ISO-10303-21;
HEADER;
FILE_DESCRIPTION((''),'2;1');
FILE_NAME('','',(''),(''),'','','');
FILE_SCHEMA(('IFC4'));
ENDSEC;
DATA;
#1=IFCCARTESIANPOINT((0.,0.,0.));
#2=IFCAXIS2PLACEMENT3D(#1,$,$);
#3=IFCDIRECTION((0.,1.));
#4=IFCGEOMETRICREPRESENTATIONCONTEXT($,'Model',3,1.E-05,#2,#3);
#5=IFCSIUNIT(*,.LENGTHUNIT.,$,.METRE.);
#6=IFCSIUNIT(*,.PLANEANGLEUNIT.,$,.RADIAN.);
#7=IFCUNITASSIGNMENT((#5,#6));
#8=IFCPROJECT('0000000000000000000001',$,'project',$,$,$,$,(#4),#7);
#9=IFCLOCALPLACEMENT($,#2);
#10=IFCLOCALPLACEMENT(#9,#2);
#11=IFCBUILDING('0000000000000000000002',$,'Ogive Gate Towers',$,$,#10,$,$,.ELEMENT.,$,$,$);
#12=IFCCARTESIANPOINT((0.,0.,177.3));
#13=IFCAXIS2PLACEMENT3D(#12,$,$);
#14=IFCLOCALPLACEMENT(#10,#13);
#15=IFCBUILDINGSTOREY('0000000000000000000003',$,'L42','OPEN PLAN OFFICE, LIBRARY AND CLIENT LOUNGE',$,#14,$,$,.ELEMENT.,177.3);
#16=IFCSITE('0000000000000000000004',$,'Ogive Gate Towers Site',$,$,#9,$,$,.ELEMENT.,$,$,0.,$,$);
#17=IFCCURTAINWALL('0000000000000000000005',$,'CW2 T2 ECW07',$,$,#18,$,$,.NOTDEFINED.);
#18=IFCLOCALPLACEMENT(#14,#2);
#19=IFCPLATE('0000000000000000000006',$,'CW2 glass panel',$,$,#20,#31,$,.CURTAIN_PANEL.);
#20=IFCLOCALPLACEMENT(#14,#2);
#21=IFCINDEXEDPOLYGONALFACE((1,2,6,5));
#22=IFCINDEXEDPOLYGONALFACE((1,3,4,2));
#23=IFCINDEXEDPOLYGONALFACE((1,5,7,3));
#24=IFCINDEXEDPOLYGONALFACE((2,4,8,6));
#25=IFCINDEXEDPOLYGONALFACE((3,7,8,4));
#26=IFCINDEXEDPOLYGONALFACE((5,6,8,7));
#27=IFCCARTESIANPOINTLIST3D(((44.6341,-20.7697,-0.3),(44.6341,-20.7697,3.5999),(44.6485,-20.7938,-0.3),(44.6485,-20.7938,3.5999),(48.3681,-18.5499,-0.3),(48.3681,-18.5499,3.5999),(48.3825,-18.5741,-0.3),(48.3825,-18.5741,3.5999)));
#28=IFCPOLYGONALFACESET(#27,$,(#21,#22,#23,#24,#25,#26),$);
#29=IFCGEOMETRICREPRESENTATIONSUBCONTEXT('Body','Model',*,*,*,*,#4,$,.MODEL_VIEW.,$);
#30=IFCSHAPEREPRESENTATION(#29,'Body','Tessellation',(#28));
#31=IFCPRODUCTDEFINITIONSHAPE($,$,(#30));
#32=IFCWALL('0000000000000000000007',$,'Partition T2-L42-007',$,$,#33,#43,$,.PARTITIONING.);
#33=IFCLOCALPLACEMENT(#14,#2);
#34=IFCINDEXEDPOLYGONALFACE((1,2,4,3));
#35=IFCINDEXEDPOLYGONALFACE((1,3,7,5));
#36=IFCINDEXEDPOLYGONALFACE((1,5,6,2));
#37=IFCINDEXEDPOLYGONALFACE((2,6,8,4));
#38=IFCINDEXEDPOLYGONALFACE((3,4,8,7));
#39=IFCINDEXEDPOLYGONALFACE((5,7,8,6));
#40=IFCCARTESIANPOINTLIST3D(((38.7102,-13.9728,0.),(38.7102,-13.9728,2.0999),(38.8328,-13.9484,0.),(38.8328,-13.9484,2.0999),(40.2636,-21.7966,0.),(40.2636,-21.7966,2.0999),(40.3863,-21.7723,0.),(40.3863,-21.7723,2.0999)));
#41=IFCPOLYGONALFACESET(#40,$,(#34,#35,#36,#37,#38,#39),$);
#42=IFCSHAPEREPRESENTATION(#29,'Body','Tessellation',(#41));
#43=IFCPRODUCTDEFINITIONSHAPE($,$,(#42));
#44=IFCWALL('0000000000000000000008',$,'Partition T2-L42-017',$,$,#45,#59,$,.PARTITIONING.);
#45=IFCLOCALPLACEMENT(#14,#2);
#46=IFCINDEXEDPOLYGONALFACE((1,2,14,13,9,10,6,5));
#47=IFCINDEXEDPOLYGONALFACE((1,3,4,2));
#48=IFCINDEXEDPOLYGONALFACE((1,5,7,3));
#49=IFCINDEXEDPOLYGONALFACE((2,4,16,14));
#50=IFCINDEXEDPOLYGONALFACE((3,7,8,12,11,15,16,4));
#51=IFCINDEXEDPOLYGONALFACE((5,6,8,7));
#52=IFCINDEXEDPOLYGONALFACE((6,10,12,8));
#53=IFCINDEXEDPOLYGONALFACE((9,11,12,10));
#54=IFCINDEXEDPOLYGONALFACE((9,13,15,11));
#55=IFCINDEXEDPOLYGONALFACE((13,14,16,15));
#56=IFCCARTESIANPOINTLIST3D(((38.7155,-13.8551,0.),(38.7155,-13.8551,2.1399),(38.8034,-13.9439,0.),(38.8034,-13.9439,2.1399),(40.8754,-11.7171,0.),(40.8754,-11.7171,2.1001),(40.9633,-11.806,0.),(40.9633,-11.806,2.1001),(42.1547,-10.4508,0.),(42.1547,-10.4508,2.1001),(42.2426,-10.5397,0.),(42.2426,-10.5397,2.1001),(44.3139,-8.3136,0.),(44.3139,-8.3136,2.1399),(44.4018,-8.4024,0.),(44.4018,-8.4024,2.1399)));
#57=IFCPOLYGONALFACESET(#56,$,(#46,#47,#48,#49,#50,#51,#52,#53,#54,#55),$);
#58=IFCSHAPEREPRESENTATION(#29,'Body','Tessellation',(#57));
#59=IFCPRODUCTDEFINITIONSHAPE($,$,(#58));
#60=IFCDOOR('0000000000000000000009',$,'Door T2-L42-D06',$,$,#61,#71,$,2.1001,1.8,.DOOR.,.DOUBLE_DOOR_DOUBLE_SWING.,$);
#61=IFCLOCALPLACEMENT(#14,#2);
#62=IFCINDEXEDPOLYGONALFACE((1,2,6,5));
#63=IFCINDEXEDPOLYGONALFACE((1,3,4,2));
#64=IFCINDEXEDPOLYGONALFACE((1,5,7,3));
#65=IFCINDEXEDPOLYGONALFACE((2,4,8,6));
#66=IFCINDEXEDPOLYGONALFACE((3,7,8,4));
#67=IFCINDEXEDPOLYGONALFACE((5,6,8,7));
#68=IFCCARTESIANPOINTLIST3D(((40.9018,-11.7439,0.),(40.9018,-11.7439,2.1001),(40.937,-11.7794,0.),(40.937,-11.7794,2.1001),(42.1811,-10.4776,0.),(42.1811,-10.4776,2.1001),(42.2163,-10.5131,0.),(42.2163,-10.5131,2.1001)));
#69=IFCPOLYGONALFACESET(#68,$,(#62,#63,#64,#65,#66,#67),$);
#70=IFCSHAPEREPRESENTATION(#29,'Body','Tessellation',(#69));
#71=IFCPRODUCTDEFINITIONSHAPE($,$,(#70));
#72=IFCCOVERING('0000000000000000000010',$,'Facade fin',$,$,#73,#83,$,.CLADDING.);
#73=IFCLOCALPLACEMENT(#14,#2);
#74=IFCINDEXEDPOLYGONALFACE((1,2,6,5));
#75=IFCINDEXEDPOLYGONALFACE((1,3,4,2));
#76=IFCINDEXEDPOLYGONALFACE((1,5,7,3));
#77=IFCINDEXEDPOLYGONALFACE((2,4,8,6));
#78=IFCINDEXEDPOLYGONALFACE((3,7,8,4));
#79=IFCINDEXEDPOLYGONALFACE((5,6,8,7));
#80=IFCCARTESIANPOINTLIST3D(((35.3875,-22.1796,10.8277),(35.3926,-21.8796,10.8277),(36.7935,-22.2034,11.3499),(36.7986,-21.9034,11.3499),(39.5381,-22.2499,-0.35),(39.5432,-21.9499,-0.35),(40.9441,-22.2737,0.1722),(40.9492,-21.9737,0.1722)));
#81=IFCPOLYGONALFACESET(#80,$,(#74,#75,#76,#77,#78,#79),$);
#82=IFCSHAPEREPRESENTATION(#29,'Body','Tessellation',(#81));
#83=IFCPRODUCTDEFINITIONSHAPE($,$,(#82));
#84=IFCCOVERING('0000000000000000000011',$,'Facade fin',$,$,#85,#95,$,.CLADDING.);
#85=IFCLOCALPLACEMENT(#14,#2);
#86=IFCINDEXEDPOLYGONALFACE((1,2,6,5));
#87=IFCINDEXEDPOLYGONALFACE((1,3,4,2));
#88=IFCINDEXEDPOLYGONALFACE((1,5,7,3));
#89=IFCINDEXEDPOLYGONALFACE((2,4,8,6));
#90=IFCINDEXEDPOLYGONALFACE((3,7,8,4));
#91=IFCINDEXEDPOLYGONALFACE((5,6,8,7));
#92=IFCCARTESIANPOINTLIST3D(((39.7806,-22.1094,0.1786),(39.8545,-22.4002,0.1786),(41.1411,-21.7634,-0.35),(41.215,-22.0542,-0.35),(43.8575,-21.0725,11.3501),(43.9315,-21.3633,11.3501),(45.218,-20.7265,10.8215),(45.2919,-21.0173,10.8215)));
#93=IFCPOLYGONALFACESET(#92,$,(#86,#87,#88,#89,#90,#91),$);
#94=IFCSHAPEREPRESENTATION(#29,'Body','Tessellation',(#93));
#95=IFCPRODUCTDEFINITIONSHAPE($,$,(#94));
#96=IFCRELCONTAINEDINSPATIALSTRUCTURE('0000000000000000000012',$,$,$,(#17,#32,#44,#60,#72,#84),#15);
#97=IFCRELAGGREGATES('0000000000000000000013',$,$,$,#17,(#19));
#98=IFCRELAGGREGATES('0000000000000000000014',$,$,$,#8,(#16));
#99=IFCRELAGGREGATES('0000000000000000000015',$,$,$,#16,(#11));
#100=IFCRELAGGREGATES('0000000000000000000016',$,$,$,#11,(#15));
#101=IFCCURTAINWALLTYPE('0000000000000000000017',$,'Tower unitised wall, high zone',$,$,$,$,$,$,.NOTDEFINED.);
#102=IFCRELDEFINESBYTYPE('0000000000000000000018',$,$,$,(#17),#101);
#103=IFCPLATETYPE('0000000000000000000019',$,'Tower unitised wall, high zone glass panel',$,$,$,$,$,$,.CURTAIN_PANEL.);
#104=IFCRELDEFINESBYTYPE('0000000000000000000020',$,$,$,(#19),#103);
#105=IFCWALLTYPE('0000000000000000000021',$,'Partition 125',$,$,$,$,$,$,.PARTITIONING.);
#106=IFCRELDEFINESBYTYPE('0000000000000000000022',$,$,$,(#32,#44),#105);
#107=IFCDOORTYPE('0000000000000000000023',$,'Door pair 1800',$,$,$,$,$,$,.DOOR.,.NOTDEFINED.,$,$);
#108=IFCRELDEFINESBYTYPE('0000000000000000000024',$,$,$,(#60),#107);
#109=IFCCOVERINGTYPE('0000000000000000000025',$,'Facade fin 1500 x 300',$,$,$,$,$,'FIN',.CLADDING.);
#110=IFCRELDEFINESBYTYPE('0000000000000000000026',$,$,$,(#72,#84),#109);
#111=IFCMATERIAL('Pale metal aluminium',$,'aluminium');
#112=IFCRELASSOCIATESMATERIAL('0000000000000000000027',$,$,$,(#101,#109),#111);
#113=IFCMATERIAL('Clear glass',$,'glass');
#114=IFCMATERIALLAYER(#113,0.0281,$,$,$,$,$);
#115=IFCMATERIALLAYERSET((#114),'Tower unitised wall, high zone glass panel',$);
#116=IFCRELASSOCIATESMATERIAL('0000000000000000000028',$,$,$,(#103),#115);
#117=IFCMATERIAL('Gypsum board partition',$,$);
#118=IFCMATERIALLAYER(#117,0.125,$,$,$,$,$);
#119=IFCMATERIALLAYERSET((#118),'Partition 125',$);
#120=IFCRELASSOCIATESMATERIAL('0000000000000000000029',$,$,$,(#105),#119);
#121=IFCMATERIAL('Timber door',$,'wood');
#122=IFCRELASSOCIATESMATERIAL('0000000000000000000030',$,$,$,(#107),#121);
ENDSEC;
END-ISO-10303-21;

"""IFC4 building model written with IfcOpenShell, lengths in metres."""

from ifc_helpers import new_model, si_unit, direction, frame, frame_2d, origin, origin_2d, place, context, subcontext, project, spatial, rectangle, extrude, material, layer, layer_set, material_profile, profile_set, type_object, element, fill, aggregate, save


model = new_model("IFC4")

# Units and contexts
model_context = context("Model", 3, precision=1e-05, world=origin(), true_north=direction((0.0, 1.0)))
body_context = subcontext(model_context, "Body", "Model", "MODEL_VIEW")
ifc_project = project(units=[si_unit("LENGTHUNIT", "METRE"), si_unit("PLANEANGLEUNIT", "RADIAN")], contexts=[model_context])

# Site, building, storey
site_placement = place(None, origin())
site = spatial("IfcSite", under=ifc_project, at=site_placement, Name="Ogive Gate Towers Site", CompositionType="ELEMENT", RefElevation=0.0)
building_placement = place(site_placement, origin())
building = spatial("IfcBuilding", under=site, at=building_placement, Name="Ogive Gate Towers", CompositionType="ELEMENT")
storey_placement = place(building_placement, frame((0.0, 0.0, 177.3)))
storey = spatial("IfcBuildingStorey", under=building, at=storey_placement, Name="L42", Description="OPEN PLAN OFFICE, LIBRARY AND CLIENT LOUNGE", CompositionType="ELEMENT", Elevation=177.3)

# Curtain wall, plate
ifc_material_1 = material(Name="Pale metal aluminium", Category="aluminium")
curtain_wall_type = type_object("IfcCurtainWallType", Name="Tower unitised wall, high zone", PredefinedType="NOTDEFINED", material=ifc_material_1)
curtain_wall_placement = place(storey_placement, origin())
curtain_wall = element("IfcCurtainWall", 1, at=curtain_wall_placement, inside=storey, type_object=curtain_wall_type, Name="CW2 T2 ECW07", PredefinedType="NOTDEFINED")
ifc_material_2 = material(Name="Clear glass", Category="glass")
ifc_layer_1 = layer(ifc_material_2, 0.0281)
ifc_layer_set_1 = layer_set([ifc_layer_1], Name="Tower unitised wall, high zone glass panel")
plate_type = type_object("IfcPlateType", Name="Tower unitised wall, high zone glass panel", PredefinedType="CURTAIN_PANEL", material=ifc_layer_set_1)
plate_1_placement = place(storey_placement, frame((46.5083, -19.6719, -0.3), z_axis=(0.0, 0.0, 1.0), x_axis=(0.859585, 0.510993, 0.0)))
plate_1 = element("IfcPlate", 2, at=plate_1_placement, type_object=plate_type, Name="CW2 glass panel", PredefinedType="CURTAIN_PANEL", context=body_context, shape_type="SweptSolid", body=[
    extrude(rectangle(XDim=4.344, YDim=0.0281, at=origin_2d()), origin(), (0.0, 0.0, 1.0), 3.8999),
])
aggregate(curtain_wall, [plate_1])

# Wall
ifc_material_3 = material(Name="Gypsum board partition")
ifc_layer_2 = layer(ifc_material_3, 0.125)
ifc_layer_set_2 = layer_set([ifc_layer_2], Name="Partition 125")
wall_type = type_object("IfcWallType", Name="Partition 125", PredefinedType="PARTITIONING", material=ifc_layer_set_2)
wall_1_placement = place(storey_placement, frame((40.325, -21.7844, 0.0), z_axis=(0.0, 0.0, 1.0), x_axis=(-0.194756, 0.980852, 0.0)))
element("IfcWall", 3, at=wall_1_placement, inside=storey, type_object=wall_type, Name="Partition T2-L42-007", PredefinedType="PARTITIONING", context=body_context, shape_type="SweptSolid", body=[
    extrude(rectangle(XDim=7.9766, YDim=0.125, at=frame_2d((3.9883, 0.0))), origin(), (0.0, 0.0, 1.0), 2.0999),
])

# Wall, opening, door
wall_2_placement = place(storey_placement, frame((38.7595, -13.8994, 0.0), z_axis=(0.0, 0.0, 1.0), x_axis=(0.710708, 0.703487, 0.0)))
wall_2 = element("IfcWall", 4, at=wall_2_placement, inside=storey, type_object=wall_type, Name="Partition T2-L42-017", PredefinedType="PARTITIONING", context=body_context, shape_type="SweptSolid", body=[
    extrude(rectangle(XDim=7.8772, YDim=0.125, at=frame_2d((3.9385, 0.0))), origin(), (0.0, 0.0, 1.0), 2.1399),
])
opening_placement = place(wall_2_placement, frame((3.0391, 0.0, 0.0)))
opening = element("IfcOpeningElement", 5, at=opening_placement, cuts=wall_2, PredefinedType="OPENING", context=body_context, shape_type="SweptSolid", body=[
    extrude(rectangle(XDim=1.8, YDim=2.1001, at=frame_2d((0.8999, 1.05))), frame((0.0, 0.0725, 0.0), z_axis=(0.0, -1.0, 0.0), x_axis=(1.0, 0.0, 0.0)), (0.0, 0.0, 1.0), 0.145),
])
ifc_material_4 = material(Name="Timber door", Category="wood")
door_type = type_object("IfcDoorType", Name="Door pair 1800", OperationType="NOTDEFINED", PredefinedType="DOOR", material=ifc_material_4)
door_placement = place(opening_placement, origin())
door = element("IfcDoor", 6, at=door_placement, inside=storey, type_object=door_type, Name="Door T2-L42-D06", OperationType="DOUBLE_DOOR_DOUBLE_SWING", OverallHeight=2.1001, OverallWidth=1.8, PredefinedType="DOOR", context=body_context, shape_type="SweptSolid", body=[
    extrude(rectangle(XDim=1.8, YDim=2.1001, at=frame_2d((0.8999, 1.05))), frame((0.0, 0.0249, 0.0), z_axis=(0.0, -1.0, 0.0), x_axis=(1.0, 0.0, 0.0)), (0.0, 0.0, 1.0), 0.05),
])
fill(opening, door)

# Coverings
ifc_material_profile_1 = material_profile(ifc_material_1, rectangle(XDim=0.3, YDim=1.5, at=origin_2d()), Name="1500 x 300 pale metal aluminium")
ifc_profile_set_1 = profile_set([ifc_material_profile_1], Name="Pale metal aluminium")
covering_type = type_object("IfcCoveringType", Name="Facade fin 1500 x 300", ElementType="FIN", PredefinedType="CLADDING", material=ifc_profile_set_1)
covering_1_placement = place(storey_placement, frame((40.2437, -22.1118, -0.0889), z_axis=(-0.3481, 0.005897, 0.937439), x_axis=(-0.016938, -0.999857, 0.0)))
element("IfcCovering", 7, at=covering_1_placement, inside=storey, type_object=covering_type, Name="Facade fin", PredefinedType="CLADDING", context=body_context, shape_type="SweptSolid", body=[
    extrude(rectangle(XDim=0.3, YDim=1.5, at=origin_2d()), origin(), (0.0, 0.0, 1.0), 11.9236),
])
covering_2_placement = place(storey_placement, frame((40.4978, -22.0818, -0.0857), z_axis=(0.34153, 0.08686, 0.935849), x_axis=(-0.24648, 0.969148, 0.0)))
element("IfcCovering", 8, at=covering_2_placement, inside=storey, type_object=covering_type, Name="Facade fin", PredefinedType="CLADDING", context=body_context, shape_type="SweptSolid", body=[
    extrude(rectangle(XDim=0.3, YDim=1.5, at=origin_2d()), origin(), (0.0, 0.0, 1.0), 11.9373),
])

save(model, "model.ifc")
